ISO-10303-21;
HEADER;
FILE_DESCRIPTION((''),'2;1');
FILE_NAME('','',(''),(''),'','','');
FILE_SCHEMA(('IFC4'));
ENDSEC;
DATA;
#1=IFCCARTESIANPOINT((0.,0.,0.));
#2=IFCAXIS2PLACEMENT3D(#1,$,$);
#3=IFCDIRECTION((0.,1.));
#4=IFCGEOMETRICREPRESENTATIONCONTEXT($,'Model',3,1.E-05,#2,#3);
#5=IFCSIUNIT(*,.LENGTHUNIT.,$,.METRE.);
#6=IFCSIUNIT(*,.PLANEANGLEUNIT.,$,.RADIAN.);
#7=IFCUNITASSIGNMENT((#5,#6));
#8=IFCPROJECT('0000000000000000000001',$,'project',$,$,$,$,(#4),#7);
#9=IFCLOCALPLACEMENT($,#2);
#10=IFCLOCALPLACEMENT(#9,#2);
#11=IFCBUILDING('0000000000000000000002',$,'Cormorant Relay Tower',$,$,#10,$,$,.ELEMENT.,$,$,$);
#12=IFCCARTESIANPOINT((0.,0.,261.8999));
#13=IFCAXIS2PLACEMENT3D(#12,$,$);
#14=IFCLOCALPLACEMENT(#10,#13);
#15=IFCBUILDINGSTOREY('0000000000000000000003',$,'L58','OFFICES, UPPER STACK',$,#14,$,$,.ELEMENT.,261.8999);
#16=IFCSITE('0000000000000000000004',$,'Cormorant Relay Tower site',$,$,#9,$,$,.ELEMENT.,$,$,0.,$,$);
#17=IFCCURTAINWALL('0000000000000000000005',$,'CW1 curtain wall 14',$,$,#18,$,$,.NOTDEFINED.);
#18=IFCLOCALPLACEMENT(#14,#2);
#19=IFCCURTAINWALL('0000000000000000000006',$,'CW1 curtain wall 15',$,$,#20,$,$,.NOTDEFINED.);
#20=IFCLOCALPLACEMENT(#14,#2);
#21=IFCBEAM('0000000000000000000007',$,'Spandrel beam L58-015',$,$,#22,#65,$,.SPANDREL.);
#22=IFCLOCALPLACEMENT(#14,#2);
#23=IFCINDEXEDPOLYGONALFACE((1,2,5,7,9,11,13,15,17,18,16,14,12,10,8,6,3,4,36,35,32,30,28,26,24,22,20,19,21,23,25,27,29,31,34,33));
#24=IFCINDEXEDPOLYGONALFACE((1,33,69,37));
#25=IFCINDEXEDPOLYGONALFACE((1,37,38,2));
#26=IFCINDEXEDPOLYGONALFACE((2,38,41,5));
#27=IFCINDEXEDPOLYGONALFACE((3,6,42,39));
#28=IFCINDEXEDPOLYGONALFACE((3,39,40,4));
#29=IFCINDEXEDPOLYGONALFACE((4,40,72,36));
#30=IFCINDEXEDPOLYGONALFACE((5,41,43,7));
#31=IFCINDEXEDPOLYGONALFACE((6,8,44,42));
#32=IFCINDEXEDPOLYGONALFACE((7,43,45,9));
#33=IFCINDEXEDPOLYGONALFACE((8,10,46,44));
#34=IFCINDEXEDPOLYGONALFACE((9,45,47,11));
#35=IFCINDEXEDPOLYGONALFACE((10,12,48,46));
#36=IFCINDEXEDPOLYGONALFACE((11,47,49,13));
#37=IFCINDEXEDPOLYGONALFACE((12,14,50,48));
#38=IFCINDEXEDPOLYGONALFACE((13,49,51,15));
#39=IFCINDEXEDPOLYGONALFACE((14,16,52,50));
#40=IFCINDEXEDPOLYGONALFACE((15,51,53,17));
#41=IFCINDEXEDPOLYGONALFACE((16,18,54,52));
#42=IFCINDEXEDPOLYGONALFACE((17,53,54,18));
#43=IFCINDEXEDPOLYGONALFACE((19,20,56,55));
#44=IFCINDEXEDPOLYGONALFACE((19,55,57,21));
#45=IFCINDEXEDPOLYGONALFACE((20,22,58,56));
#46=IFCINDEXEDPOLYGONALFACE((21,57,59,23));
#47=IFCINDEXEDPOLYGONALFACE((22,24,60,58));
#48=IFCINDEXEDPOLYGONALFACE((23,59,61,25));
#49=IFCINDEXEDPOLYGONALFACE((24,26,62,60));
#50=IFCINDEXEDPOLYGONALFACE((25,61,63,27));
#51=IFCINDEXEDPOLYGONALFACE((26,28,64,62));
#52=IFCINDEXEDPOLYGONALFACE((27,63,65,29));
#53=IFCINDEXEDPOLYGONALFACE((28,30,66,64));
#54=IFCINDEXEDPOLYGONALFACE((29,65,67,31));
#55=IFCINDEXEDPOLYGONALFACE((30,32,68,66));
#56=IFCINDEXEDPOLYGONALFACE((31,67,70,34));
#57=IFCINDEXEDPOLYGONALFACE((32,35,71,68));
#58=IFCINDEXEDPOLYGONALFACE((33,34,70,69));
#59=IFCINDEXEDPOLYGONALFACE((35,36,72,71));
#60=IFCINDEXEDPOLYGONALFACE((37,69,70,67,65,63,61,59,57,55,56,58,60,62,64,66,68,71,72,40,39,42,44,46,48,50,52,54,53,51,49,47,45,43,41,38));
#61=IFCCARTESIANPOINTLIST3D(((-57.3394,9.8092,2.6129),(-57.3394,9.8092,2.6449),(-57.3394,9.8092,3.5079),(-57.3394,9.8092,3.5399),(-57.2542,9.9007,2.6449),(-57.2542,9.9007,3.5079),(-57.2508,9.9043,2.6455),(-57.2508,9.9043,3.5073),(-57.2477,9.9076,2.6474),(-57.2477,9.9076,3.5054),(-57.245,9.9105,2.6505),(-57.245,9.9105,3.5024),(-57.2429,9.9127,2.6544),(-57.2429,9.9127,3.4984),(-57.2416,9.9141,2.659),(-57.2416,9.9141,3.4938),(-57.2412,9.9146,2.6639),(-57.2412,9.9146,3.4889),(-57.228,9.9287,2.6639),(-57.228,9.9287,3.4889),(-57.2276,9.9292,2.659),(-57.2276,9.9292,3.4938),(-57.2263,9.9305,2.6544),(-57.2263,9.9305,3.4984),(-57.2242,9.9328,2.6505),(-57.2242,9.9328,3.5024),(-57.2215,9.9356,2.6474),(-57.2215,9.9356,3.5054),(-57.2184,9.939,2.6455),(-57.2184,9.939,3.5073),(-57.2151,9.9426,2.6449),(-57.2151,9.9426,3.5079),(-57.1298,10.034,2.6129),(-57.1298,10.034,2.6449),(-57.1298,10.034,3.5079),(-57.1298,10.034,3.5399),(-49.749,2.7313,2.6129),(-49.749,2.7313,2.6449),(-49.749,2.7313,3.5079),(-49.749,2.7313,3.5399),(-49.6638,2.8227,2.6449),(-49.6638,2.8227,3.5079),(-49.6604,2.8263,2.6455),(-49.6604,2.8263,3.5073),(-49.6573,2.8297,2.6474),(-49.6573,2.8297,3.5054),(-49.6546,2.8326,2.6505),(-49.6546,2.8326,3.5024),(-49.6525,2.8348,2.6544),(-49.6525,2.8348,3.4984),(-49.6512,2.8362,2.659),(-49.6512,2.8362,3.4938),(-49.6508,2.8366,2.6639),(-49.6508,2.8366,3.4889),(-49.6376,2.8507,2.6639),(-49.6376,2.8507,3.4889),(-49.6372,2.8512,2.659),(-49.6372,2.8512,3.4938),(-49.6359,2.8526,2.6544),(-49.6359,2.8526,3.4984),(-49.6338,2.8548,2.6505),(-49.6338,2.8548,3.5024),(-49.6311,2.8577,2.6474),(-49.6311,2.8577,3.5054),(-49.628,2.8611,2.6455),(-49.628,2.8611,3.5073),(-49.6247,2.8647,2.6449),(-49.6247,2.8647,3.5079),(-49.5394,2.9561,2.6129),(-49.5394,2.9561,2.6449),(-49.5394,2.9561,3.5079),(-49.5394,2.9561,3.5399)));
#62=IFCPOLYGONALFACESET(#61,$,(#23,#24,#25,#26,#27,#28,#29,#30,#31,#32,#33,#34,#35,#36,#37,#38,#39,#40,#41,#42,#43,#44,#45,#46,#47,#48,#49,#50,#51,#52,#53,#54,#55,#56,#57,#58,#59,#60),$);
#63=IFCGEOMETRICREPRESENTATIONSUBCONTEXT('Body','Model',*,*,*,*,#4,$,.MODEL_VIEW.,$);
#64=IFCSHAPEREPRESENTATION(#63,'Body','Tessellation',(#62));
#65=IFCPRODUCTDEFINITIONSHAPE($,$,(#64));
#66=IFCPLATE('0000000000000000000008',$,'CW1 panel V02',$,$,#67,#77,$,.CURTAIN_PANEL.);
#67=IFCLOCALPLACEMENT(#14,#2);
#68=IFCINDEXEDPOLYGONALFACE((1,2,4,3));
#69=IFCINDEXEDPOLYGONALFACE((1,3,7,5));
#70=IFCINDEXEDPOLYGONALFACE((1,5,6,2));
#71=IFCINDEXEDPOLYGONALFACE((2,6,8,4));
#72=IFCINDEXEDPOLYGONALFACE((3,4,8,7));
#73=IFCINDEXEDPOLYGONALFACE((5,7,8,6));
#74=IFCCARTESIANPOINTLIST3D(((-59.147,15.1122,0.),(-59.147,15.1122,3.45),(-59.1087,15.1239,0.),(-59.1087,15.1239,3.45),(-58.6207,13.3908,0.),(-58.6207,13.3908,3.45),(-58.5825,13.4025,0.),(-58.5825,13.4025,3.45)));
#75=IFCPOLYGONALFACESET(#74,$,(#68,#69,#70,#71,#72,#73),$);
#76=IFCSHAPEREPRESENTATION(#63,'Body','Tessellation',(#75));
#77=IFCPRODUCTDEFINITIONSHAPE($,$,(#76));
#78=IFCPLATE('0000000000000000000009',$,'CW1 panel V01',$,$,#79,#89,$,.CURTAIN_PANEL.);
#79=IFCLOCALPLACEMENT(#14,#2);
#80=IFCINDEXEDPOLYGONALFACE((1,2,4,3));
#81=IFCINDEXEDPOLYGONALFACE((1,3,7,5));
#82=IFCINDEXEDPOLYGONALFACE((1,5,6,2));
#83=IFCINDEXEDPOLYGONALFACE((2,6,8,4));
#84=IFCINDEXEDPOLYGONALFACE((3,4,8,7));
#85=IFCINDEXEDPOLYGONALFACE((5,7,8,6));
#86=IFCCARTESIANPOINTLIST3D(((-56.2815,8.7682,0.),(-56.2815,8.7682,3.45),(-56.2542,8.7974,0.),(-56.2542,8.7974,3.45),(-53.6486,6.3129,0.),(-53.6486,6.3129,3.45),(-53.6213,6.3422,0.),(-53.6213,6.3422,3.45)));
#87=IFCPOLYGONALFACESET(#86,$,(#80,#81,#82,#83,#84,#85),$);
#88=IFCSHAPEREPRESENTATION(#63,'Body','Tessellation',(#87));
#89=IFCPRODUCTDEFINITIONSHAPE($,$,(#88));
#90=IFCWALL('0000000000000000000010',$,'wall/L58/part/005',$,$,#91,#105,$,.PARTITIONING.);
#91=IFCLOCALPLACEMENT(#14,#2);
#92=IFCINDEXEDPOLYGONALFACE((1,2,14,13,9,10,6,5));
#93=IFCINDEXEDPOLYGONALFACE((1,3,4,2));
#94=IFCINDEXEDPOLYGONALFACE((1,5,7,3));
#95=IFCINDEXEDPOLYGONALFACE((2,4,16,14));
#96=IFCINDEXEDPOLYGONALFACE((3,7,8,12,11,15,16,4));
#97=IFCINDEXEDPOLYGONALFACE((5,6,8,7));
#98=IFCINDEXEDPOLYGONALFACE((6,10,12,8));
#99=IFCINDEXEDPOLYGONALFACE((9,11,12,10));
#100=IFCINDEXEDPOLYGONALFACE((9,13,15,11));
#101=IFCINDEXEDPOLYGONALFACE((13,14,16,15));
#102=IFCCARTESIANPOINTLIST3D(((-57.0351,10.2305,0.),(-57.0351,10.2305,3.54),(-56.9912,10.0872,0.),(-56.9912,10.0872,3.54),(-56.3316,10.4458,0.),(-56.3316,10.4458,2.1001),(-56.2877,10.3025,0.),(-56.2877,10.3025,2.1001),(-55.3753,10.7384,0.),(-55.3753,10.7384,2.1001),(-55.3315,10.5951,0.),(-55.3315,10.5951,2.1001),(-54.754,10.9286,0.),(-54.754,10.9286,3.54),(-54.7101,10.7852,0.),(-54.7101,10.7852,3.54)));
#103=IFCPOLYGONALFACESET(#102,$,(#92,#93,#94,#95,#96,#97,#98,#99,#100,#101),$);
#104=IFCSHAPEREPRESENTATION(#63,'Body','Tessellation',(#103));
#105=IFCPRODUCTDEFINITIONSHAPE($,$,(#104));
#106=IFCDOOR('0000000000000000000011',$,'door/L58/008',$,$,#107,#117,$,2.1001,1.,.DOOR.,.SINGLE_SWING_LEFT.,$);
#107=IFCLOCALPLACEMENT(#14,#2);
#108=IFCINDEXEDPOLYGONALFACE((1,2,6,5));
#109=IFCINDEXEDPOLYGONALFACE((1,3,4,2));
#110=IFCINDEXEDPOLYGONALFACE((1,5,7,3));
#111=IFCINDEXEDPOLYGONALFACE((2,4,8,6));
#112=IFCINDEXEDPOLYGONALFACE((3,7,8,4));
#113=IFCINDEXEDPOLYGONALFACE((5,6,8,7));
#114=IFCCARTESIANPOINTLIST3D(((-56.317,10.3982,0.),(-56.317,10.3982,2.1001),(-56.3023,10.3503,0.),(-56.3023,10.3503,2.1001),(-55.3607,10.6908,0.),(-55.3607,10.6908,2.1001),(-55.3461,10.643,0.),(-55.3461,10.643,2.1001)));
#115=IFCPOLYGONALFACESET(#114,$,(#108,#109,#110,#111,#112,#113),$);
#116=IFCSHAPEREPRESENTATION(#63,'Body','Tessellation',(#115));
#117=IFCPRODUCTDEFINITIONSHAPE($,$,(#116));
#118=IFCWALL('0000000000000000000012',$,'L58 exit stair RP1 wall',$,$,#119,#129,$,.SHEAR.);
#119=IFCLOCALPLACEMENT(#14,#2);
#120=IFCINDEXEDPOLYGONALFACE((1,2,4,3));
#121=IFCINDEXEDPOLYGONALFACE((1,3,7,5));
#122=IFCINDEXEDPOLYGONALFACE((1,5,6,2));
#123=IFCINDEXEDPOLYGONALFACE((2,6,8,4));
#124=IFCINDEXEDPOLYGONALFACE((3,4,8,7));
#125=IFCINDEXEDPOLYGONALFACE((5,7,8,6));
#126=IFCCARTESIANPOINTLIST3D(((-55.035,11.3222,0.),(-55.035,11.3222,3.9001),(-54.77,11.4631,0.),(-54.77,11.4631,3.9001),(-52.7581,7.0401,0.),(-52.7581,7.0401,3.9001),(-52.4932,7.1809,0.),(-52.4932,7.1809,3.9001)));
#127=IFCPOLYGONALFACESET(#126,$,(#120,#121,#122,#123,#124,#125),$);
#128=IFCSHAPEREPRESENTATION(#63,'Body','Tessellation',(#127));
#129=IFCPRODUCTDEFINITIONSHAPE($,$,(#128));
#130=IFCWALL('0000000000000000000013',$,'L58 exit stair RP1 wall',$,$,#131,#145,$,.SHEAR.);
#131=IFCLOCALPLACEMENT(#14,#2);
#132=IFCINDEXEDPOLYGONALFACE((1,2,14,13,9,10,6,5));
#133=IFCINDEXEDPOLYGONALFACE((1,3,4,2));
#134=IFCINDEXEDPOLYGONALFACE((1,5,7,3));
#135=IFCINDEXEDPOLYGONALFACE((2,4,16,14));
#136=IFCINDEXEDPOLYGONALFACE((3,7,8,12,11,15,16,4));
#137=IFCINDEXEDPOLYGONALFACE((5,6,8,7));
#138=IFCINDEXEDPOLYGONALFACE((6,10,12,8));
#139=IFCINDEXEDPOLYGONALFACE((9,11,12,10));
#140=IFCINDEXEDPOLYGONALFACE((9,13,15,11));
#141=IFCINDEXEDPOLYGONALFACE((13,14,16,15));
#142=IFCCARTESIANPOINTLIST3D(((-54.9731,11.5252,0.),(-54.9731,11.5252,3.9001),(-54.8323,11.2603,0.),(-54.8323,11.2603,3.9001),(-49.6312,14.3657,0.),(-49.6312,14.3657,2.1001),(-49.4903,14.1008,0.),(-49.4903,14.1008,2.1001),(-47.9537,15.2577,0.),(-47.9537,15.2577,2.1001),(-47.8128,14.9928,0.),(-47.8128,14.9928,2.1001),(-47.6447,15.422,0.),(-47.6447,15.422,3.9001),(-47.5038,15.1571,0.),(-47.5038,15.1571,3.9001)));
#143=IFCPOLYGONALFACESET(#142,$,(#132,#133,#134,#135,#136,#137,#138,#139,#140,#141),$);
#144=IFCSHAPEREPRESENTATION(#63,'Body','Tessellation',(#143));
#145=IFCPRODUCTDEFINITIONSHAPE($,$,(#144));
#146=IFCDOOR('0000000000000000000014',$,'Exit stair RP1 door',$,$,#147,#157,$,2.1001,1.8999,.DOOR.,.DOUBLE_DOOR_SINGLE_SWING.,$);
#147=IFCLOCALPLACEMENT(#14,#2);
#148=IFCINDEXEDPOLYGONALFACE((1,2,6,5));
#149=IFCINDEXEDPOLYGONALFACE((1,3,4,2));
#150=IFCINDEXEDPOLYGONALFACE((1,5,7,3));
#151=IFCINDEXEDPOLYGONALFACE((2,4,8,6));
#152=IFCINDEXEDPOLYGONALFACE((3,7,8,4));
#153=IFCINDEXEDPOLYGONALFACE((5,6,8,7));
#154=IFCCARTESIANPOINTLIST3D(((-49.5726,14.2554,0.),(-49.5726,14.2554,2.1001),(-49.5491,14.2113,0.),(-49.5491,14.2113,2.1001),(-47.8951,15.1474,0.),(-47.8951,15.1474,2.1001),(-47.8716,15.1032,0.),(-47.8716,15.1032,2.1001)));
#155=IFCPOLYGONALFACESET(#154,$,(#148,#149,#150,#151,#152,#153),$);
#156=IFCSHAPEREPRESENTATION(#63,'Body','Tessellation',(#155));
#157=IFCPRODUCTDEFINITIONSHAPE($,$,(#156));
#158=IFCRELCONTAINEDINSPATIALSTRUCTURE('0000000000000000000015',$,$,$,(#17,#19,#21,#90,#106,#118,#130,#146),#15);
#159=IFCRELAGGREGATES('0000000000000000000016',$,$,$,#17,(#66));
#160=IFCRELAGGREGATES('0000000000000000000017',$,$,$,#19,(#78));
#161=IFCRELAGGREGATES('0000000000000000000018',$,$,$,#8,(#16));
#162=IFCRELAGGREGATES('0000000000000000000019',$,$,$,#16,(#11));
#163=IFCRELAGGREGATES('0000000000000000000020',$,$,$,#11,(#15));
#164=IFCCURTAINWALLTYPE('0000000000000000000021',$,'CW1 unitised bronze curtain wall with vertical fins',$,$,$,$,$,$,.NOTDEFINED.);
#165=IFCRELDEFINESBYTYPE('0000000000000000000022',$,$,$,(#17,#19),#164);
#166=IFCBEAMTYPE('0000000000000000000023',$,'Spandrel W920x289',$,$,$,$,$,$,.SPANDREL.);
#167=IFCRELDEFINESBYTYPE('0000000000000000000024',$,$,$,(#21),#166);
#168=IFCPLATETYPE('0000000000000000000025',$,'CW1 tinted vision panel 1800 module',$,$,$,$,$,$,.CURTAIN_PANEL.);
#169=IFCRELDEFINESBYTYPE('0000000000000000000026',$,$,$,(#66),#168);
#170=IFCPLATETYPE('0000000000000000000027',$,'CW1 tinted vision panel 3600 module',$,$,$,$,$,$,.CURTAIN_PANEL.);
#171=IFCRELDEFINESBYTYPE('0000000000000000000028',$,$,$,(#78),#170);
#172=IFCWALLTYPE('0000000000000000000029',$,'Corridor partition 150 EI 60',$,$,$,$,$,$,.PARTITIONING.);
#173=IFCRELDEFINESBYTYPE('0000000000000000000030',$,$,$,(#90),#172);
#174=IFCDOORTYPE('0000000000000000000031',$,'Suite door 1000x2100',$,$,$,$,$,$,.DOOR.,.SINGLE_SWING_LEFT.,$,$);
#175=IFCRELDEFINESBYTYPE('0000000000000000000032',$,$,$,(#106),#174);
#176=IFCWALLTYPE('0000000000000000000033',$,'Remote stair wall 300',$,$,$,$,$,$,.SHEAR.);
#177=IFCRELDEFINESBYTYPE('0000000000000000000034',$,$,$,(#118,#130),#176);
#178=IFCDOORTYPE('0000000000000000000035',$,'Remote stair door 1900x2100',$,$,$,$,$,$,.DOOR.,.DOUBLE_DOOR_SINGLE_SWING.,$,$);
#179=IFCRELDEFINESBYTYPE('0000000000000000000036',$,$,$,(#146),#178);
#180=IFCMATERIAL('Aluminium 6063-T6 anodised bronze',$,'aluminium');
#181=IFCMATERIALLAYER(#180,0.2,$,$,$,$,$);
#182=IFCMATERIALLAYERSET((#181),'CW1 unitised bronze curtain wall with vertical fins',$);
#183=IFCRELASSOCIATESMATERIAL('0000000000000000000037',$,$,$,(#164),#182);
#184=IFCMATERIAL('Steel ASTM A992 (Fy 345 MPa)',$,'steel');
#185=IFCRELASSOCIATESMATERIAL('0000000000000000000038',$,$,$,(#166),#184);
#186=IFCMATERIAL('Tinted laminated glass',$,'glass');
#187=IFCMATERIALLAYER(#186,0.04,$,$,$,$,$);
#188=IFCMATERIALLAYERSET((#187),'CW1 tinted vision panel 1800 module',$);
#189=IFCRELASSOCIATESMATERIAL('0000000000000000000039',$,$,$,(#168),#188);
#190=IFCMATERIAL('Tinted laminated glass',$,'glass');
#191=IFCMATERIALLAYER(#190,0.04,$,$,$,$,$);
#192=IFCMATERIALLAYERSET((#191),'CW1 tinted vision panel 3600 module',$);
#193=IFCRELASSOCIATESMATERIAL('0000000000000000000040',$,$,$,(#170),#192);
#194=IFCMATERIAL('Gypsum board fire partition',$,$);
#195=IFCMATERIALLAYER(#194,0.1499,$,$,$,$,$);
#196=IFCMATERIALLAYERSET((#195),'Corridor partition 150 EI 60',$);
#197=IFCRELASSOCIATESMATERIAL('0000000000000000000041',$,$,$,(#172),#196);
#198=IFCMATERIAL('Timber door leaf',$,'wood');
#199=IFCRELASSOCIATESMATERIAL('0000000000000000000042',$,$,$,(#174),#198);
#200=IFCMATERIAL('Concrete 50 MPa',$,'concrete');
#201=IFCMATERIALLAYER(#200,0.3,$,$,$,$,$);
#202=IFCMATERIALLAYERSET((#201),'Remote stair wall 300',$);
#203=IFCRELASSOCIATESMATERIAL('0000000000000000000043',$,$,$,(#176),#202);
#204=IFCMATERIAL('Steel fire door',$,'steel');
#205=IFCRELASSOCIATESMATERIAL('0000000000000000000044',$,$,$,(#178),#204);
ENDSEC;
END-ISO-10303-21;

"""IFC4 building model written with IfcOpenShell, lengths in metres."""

from ifc_helpers import new_model, si_unit, direction, frame, frame_2d, origin, origin_2d, place, context, subcontext, project, spatial, rectangle, i_section, extrude, material, layer, layer_set, material_profile, profile_set, type_object, element, fill, aggregate, save


model = new_model("IFC4")

# Units and contexts
model_context = context("Model", 3, precision=1e-05, world=origin(), true_north=direction((0.0, 1.0)))
body_context = subcontext(model_context, "Body", "Model", "MODEL_VIEW")
ifc_project = project(units=[si_unit("LENGTHUNIT", "METRE"), si_unit("PLANEANGLEUNIT", "RADIAN")], contexts=[model_context])

# Site, building, storey
site_placement = place(None, origin())
site = spatial("IfcSite", under=ifc_project, at=site_placement, Name="Cormorant Relay Tower site", CompositionType="ELEMENT", RefElevation=0.0)
building_placement = place(site_placement, origin())
building = spatial("IfcBuilding", under=site, at=building_placement, Name="Cormorant Relay Tower", CompositionType="ELEMENT")
storey_placement = place(building_placement, frame((0.0, 0.0, 261.8999)))
storey = spatial("IfcBuildingStorey", under=building, at=storey_placement, Name="L58", Description="OFFICES, UPPER STACK", CompositionType="ELEMENT", Elevation=261.8999)

# Curtain wall
ifc_material_1 = material(Name="Aluminium 6063-T6 anodised bronze", Category="aluminium")
ifc_layer_1 = layer(ifc_material_1, 0.2)
ifc_layer_set_1 = layer_set([ifc_layer_1], Name="CW1 unitised bronze curtain wall with vertical fins")
curtain_wall_type = type_object("IfcCurtainWallType", Name="CW1 unitised bronze curtain wall with vertical fins", PredefinedType="NOTDEFINED", material=ifc_layer_set_1)
curtain_wall_1_placement = place(storey_placement, origin())
curtain_wall_1 = element("IfcCurtainWall", 1, at=curtain_wall_1_placement, inside=storey, type_object=curtain_wall_type, Name="CW1 curtain wall 14", PredefinedType="NOTDEFINED")

# Curtain wall
curtain_wall_2_placement = place(storey_placement, origin())
curtain_wall_2 = element("IfcCurtainWall", 2, at=curtain_wall_2_placement, inside=storey, type_object=curtain_wall_type, Name="CW1 curtain wall 15", PredefinedType="NOTDEFINED")

# Beam
ifc_material_2 = material(Name="Steel ASTM A992 (Fy 345 MPa)", Category="steel")
ifc_material_profile_1 = material_profile(ifc_material_2, i_section(OverallWidth=0.3074, OverallDepth=0.927, WebThickness=0.0193, FlangeThickness=0.032, FilletRadius=0.019, at=origin_2d()), Name="W920x289")
ifc_profile_set_1 = profile_set([ifc_material_profile_1], Name="Steel ASTM A992 (Fy 345 MPa)")
beam_type = type_object("IfcBeamType", Name="Spandrel W920x289", PredefinedType="SPANDREL", material=ifc_profile_set_1)
beam_placement = place(storey_placement, frame((-57.2346, 9.9216, 3.0764), z_axis=(0.731364, -0.681987, 0.0), x_axis=(0.681987, 0.731364, 0.0)))
element("IfcBeam", 3, at=beam_placement, inside=storey, type_object=beam_type, Name="Spandrel beam L58-015", PredefinedType="SPANDREL", context=body_context, shape_type="SweptSolid", body=[
    extrude(i_section(OverallWidth=0.3074, OverallDepth=0.927, WebThickness=0.0193, FlangeThickness=0.032, FilletRadius=0.019, at=origin_2d()), origin(), (0.0, 0.0, 1.0), 10.3784),
])

# Plates
ifc_material_3 = material(Name="Tinted laminated glass", Category="glass")
ifc_layer_2 = layer(ifc_material_3, 0.04)
ifc_layer_set_2 = layer_set([ifc_layer_2], Name="CW1 tinted vision panel 1800 module")
plate_type_1 = type_object("IfcPlateType", Name="CW1 tinted vision panel 1800 module", PredefinedType="CURTAIN_PANEL", material=ifc_layer_set_2)
plate_1_placement = place(storey_placement, frame((-58.8647, 14.2573, 0.0), z_axis=(0.0, 0.0, 1.0), x_axis=(0.292372, -0.956305, 0.0)))
plate_1 = element("IfcPlate", 4, at=plate_1_placement, type_object=plate_type_1, Name="CW1 panel V02", PredefinedType="CURTAIN_PANEL", context=body_context, shape_type="SweptSolid", body=[
    extrude(rectangle(XDim=1.8, YDim=0.04, at=origin_2d()), origin(), (0.0, 0.0, 1.0), 3.45),
])
ifc_material_4 = material(Name="Tinted laminated glass", Category="glass")
ifc_layer_3 = layer(ifc_material_4, 0.04)
ifc_layer_set_3 = layer_set([ifc_layer_3], Name="CW1 tinted vision panel 3600 module")
plate_type_2 = type_object("IfcPlateType", Name="CW1 tinted vision panel 3600 module", PredefinedType="CURTAIN_PANEL", material=ifc_layer_set_3)
plate_2_placement = place(storey_placement, frame((-54.9514, 7.5552, 0.0), z_axis=(0.0, 0.0, 1.0), x_axis=(0.731354, -0.681998, 0.0)))
plate_2 = element("IfcPlate", 5, at=plate_2_placement, type_object=plate_type_2, Name="CW1 panel V01", PredefinedType="CURTAIN_PANEL", context=body_context, shape_type="SweptSolid", body=[
    extrude(rectangle(XDim=3.6001, YDim=0.04, at=origin_2d()), origin(), (0.0, 0.0, 1.0), 3.45),
])

# Wall, opening, door
ifc_material_5 = material(Name="Gypsum board fire partition")
ifc_layer_4 = layer(ifc_material_5, 0.1499)
ifc_layer_set_4 = layer_set([ifc_layer_4], Name="Corridor partition 150 EI 60")
wall_type_1 = type_object("IfcWallType", Name="Corridor partition 150 EI 60", PredefinedType="PARTITIONING", material=ifc_layer_set_4)
wall_1_placement = place(storey_placement, frame((-54.7319, 10.8569, 0.0), z_axis=(0.0, 0.0, 1.0), x_axis=(-0.956232, -0.292611, 0.0)))
wall_1 = element("IfcWall", 6, at=wall_1_placement, inside=storey, type_object=wall_type_1, Name="wall/L58/part/005", PredefinedType="PARTITIONING", context=body_context, shape_type="SweptSolid", body=[
    extrude(rectangle(XDim=2.3855, YDim=0.1499, at=frame_2d((1.1929, 0.0))), origin(), (0.0, 0.0, 1.0), 3.54),
])
opening_1_placement = place(wall_1_placement, frame((0.6499, 0.0, 0.0)))
opening_1 = element("IfcOpeningElement", 7, at=opening_1_placement, cuts=wall_1, PredefinedType="OPENING", context=body_context, shape_type="SweptSolid", body=[
    extrude(rectangle(XDim=1.0, YDim=2.1001, at=frame_2d((0.5, 1.05))), frame((0.0, 0.085, 0.0), z_axis=(0.0, -1.0, 0.0), x_axis=(1.0, 0.0, 0.0)), (0.0, 0.0, 1.0), 0.1699),
])
ifc_material_6 = material(Name="Timber door leaf", Category="wood")
door_type_1 = type_object("IfcDoorType", Name="Suite door 1000x2100", OperationType="SINGLE_SWING_LEFT", PredefinedType="DOOR", material=ifc_material_6)
door_1_placement = place(opening_1_placement, origin())
door_1 = element("IfcDoor", 8, at=door_1_placement, inside=storey, type_object=door_type_1, Name="door/L58/008", OperationType="SINGLE_SWING_LEFT", OverallHeight=2.1001, OverallWidth=1.0, PredefinedType="DOOR", context=body_context, shape_type="SweptSolid", body=[
    extrude(rectangle(XDim=1.0, YDim=2.1001, at=frame_2d((0.5, 1.05))), frame((0.0, 0.0249, 0.0), z_axis=(0.0, -1.0, 0.0), x_axis=(1.0, 0.0, 0.0)), (0.0, 0.0, 1.0), 0.05),
])
fill(opening_1, door_1)

# Wall
ifc_material_7 = material(Name="Concrete 50 MPa", Category="concrete")
ifc_layer_5 = layer(ifc_material_7, 0.3)
ifc_layer_set_5 = layer_set([ifc_layer_5], Name="Remote stair wall 300")
wall_type_2 = type_object("IfcWallType", Name="Remote stair wall 300", PredefinedType="SHEAR", material=ifc_layer_set_5)
wall_2_placement = place(storey_placement, frame((-52.6257, 7.1106, 0.0), z_axis=(0.0, 0.0, 1.0), x_axis=(-0.469464, 0.882951, 0.0)))
element("IfcWall", 9, at=wall_2_placement, inside=storey, type_object=wall_type_2, Name="L58 exit stair RP1 wall", PredefinedType="SHEAR", context=body_context, shape_type="SweptSolid", body=[
    extrude(rectangle(XDim=4.8499, YDim=0.3, at=frame_2d((2.4248, 0.0))), origin(), (0.0, 0.0, 1.0), 3.9001),
])

# Wall, opening, door
wall_3_placement = place(storey_placement, frame((-54.9026, 11.3928, 0.0), z_axis=(0.0, 0.0, 1.0), x_axis=(0.882939, 0.469487, 0.0)))
wall_3 = element("IfcWall", 10, at=wall_3_placement, inside=storey, type_object=wall_type_2, Name="L58 exit stair RP1 wall", PredefinedType="SHEAR", context=body_context, shape_type="SweptSolid", body=[
    extrude(rectangle(XDim=8.3, YDim=0.3, at=frame_2d((4.1499, 0.0))), origin(), (0.0, 0.0, 1.0), 3.9001),
])
opening_2_placement = place(wall_3_placement, frame((6.05, 0.0, 0.0)))
opening_2 = element("IfcOpeningElement", 11, at=opening_2_placement, cuts=wall_3, PredefinedType="OPENING", context=body_context, shape_type="SweptSolid", body=[
    extrude(rectangle(XDim=1.8999, YDim=2.1001, at=frame_2d((0.95, 1.05))), frame((0.0, 0.1599, 0.0), z_axis=(0.0, -1.0, 0.0), x_axis=(1.0, 0.0, 0.0)), (0.0, 0.0, 1.0), 0.3201),
])
ifc_material_8 = material(Name="Steel fire door", Category="steel")
door_type_2 = type_object("IfcDoorType", Name="Remote stair door 1900x2100", OperationType="DOUBLE_DOOR_SINGLE_SWING", PredefinedType="DOOR", material=ifc_material_8)
door_2_placement = place(opening_2_placement, frame((1.8999, 0.0, 0.0), z_axis=(0.0, 0.0, 1.0), x_axis=(-1.0, 0.0, 0.0)))
door_2 = element("IfcDoor", 12, at=door_2_placement, inside=storey, type_object=door_type_2, Name="Exit stair RP1 door", OperationType="DOUBLE_DOOR_SINGLE_SWING", OverallHeight=2.1001, OverallWidth=1.8999, PredefinedType="DOOR", context=body_context, shape_type="SweptSolid", body=[
    extrude(rectangle(XDim=1.8999, YDim=2.1001, at=frame_2d((0.95, 1.05))), frame((0.0, 0.0249, 0.0), z_axis=(0.0, -1.0, 0.0), x_axis=(1.0, 0.0, 0.0)), (0.0, 0.0, 1.0), 0.05),
])
fill(opening_2, door_2)

aggregate(curtain_wall_1, [plate_1])
aggregate(curtain_wall_2, [plate_2])

save(model, "model.ifc")
